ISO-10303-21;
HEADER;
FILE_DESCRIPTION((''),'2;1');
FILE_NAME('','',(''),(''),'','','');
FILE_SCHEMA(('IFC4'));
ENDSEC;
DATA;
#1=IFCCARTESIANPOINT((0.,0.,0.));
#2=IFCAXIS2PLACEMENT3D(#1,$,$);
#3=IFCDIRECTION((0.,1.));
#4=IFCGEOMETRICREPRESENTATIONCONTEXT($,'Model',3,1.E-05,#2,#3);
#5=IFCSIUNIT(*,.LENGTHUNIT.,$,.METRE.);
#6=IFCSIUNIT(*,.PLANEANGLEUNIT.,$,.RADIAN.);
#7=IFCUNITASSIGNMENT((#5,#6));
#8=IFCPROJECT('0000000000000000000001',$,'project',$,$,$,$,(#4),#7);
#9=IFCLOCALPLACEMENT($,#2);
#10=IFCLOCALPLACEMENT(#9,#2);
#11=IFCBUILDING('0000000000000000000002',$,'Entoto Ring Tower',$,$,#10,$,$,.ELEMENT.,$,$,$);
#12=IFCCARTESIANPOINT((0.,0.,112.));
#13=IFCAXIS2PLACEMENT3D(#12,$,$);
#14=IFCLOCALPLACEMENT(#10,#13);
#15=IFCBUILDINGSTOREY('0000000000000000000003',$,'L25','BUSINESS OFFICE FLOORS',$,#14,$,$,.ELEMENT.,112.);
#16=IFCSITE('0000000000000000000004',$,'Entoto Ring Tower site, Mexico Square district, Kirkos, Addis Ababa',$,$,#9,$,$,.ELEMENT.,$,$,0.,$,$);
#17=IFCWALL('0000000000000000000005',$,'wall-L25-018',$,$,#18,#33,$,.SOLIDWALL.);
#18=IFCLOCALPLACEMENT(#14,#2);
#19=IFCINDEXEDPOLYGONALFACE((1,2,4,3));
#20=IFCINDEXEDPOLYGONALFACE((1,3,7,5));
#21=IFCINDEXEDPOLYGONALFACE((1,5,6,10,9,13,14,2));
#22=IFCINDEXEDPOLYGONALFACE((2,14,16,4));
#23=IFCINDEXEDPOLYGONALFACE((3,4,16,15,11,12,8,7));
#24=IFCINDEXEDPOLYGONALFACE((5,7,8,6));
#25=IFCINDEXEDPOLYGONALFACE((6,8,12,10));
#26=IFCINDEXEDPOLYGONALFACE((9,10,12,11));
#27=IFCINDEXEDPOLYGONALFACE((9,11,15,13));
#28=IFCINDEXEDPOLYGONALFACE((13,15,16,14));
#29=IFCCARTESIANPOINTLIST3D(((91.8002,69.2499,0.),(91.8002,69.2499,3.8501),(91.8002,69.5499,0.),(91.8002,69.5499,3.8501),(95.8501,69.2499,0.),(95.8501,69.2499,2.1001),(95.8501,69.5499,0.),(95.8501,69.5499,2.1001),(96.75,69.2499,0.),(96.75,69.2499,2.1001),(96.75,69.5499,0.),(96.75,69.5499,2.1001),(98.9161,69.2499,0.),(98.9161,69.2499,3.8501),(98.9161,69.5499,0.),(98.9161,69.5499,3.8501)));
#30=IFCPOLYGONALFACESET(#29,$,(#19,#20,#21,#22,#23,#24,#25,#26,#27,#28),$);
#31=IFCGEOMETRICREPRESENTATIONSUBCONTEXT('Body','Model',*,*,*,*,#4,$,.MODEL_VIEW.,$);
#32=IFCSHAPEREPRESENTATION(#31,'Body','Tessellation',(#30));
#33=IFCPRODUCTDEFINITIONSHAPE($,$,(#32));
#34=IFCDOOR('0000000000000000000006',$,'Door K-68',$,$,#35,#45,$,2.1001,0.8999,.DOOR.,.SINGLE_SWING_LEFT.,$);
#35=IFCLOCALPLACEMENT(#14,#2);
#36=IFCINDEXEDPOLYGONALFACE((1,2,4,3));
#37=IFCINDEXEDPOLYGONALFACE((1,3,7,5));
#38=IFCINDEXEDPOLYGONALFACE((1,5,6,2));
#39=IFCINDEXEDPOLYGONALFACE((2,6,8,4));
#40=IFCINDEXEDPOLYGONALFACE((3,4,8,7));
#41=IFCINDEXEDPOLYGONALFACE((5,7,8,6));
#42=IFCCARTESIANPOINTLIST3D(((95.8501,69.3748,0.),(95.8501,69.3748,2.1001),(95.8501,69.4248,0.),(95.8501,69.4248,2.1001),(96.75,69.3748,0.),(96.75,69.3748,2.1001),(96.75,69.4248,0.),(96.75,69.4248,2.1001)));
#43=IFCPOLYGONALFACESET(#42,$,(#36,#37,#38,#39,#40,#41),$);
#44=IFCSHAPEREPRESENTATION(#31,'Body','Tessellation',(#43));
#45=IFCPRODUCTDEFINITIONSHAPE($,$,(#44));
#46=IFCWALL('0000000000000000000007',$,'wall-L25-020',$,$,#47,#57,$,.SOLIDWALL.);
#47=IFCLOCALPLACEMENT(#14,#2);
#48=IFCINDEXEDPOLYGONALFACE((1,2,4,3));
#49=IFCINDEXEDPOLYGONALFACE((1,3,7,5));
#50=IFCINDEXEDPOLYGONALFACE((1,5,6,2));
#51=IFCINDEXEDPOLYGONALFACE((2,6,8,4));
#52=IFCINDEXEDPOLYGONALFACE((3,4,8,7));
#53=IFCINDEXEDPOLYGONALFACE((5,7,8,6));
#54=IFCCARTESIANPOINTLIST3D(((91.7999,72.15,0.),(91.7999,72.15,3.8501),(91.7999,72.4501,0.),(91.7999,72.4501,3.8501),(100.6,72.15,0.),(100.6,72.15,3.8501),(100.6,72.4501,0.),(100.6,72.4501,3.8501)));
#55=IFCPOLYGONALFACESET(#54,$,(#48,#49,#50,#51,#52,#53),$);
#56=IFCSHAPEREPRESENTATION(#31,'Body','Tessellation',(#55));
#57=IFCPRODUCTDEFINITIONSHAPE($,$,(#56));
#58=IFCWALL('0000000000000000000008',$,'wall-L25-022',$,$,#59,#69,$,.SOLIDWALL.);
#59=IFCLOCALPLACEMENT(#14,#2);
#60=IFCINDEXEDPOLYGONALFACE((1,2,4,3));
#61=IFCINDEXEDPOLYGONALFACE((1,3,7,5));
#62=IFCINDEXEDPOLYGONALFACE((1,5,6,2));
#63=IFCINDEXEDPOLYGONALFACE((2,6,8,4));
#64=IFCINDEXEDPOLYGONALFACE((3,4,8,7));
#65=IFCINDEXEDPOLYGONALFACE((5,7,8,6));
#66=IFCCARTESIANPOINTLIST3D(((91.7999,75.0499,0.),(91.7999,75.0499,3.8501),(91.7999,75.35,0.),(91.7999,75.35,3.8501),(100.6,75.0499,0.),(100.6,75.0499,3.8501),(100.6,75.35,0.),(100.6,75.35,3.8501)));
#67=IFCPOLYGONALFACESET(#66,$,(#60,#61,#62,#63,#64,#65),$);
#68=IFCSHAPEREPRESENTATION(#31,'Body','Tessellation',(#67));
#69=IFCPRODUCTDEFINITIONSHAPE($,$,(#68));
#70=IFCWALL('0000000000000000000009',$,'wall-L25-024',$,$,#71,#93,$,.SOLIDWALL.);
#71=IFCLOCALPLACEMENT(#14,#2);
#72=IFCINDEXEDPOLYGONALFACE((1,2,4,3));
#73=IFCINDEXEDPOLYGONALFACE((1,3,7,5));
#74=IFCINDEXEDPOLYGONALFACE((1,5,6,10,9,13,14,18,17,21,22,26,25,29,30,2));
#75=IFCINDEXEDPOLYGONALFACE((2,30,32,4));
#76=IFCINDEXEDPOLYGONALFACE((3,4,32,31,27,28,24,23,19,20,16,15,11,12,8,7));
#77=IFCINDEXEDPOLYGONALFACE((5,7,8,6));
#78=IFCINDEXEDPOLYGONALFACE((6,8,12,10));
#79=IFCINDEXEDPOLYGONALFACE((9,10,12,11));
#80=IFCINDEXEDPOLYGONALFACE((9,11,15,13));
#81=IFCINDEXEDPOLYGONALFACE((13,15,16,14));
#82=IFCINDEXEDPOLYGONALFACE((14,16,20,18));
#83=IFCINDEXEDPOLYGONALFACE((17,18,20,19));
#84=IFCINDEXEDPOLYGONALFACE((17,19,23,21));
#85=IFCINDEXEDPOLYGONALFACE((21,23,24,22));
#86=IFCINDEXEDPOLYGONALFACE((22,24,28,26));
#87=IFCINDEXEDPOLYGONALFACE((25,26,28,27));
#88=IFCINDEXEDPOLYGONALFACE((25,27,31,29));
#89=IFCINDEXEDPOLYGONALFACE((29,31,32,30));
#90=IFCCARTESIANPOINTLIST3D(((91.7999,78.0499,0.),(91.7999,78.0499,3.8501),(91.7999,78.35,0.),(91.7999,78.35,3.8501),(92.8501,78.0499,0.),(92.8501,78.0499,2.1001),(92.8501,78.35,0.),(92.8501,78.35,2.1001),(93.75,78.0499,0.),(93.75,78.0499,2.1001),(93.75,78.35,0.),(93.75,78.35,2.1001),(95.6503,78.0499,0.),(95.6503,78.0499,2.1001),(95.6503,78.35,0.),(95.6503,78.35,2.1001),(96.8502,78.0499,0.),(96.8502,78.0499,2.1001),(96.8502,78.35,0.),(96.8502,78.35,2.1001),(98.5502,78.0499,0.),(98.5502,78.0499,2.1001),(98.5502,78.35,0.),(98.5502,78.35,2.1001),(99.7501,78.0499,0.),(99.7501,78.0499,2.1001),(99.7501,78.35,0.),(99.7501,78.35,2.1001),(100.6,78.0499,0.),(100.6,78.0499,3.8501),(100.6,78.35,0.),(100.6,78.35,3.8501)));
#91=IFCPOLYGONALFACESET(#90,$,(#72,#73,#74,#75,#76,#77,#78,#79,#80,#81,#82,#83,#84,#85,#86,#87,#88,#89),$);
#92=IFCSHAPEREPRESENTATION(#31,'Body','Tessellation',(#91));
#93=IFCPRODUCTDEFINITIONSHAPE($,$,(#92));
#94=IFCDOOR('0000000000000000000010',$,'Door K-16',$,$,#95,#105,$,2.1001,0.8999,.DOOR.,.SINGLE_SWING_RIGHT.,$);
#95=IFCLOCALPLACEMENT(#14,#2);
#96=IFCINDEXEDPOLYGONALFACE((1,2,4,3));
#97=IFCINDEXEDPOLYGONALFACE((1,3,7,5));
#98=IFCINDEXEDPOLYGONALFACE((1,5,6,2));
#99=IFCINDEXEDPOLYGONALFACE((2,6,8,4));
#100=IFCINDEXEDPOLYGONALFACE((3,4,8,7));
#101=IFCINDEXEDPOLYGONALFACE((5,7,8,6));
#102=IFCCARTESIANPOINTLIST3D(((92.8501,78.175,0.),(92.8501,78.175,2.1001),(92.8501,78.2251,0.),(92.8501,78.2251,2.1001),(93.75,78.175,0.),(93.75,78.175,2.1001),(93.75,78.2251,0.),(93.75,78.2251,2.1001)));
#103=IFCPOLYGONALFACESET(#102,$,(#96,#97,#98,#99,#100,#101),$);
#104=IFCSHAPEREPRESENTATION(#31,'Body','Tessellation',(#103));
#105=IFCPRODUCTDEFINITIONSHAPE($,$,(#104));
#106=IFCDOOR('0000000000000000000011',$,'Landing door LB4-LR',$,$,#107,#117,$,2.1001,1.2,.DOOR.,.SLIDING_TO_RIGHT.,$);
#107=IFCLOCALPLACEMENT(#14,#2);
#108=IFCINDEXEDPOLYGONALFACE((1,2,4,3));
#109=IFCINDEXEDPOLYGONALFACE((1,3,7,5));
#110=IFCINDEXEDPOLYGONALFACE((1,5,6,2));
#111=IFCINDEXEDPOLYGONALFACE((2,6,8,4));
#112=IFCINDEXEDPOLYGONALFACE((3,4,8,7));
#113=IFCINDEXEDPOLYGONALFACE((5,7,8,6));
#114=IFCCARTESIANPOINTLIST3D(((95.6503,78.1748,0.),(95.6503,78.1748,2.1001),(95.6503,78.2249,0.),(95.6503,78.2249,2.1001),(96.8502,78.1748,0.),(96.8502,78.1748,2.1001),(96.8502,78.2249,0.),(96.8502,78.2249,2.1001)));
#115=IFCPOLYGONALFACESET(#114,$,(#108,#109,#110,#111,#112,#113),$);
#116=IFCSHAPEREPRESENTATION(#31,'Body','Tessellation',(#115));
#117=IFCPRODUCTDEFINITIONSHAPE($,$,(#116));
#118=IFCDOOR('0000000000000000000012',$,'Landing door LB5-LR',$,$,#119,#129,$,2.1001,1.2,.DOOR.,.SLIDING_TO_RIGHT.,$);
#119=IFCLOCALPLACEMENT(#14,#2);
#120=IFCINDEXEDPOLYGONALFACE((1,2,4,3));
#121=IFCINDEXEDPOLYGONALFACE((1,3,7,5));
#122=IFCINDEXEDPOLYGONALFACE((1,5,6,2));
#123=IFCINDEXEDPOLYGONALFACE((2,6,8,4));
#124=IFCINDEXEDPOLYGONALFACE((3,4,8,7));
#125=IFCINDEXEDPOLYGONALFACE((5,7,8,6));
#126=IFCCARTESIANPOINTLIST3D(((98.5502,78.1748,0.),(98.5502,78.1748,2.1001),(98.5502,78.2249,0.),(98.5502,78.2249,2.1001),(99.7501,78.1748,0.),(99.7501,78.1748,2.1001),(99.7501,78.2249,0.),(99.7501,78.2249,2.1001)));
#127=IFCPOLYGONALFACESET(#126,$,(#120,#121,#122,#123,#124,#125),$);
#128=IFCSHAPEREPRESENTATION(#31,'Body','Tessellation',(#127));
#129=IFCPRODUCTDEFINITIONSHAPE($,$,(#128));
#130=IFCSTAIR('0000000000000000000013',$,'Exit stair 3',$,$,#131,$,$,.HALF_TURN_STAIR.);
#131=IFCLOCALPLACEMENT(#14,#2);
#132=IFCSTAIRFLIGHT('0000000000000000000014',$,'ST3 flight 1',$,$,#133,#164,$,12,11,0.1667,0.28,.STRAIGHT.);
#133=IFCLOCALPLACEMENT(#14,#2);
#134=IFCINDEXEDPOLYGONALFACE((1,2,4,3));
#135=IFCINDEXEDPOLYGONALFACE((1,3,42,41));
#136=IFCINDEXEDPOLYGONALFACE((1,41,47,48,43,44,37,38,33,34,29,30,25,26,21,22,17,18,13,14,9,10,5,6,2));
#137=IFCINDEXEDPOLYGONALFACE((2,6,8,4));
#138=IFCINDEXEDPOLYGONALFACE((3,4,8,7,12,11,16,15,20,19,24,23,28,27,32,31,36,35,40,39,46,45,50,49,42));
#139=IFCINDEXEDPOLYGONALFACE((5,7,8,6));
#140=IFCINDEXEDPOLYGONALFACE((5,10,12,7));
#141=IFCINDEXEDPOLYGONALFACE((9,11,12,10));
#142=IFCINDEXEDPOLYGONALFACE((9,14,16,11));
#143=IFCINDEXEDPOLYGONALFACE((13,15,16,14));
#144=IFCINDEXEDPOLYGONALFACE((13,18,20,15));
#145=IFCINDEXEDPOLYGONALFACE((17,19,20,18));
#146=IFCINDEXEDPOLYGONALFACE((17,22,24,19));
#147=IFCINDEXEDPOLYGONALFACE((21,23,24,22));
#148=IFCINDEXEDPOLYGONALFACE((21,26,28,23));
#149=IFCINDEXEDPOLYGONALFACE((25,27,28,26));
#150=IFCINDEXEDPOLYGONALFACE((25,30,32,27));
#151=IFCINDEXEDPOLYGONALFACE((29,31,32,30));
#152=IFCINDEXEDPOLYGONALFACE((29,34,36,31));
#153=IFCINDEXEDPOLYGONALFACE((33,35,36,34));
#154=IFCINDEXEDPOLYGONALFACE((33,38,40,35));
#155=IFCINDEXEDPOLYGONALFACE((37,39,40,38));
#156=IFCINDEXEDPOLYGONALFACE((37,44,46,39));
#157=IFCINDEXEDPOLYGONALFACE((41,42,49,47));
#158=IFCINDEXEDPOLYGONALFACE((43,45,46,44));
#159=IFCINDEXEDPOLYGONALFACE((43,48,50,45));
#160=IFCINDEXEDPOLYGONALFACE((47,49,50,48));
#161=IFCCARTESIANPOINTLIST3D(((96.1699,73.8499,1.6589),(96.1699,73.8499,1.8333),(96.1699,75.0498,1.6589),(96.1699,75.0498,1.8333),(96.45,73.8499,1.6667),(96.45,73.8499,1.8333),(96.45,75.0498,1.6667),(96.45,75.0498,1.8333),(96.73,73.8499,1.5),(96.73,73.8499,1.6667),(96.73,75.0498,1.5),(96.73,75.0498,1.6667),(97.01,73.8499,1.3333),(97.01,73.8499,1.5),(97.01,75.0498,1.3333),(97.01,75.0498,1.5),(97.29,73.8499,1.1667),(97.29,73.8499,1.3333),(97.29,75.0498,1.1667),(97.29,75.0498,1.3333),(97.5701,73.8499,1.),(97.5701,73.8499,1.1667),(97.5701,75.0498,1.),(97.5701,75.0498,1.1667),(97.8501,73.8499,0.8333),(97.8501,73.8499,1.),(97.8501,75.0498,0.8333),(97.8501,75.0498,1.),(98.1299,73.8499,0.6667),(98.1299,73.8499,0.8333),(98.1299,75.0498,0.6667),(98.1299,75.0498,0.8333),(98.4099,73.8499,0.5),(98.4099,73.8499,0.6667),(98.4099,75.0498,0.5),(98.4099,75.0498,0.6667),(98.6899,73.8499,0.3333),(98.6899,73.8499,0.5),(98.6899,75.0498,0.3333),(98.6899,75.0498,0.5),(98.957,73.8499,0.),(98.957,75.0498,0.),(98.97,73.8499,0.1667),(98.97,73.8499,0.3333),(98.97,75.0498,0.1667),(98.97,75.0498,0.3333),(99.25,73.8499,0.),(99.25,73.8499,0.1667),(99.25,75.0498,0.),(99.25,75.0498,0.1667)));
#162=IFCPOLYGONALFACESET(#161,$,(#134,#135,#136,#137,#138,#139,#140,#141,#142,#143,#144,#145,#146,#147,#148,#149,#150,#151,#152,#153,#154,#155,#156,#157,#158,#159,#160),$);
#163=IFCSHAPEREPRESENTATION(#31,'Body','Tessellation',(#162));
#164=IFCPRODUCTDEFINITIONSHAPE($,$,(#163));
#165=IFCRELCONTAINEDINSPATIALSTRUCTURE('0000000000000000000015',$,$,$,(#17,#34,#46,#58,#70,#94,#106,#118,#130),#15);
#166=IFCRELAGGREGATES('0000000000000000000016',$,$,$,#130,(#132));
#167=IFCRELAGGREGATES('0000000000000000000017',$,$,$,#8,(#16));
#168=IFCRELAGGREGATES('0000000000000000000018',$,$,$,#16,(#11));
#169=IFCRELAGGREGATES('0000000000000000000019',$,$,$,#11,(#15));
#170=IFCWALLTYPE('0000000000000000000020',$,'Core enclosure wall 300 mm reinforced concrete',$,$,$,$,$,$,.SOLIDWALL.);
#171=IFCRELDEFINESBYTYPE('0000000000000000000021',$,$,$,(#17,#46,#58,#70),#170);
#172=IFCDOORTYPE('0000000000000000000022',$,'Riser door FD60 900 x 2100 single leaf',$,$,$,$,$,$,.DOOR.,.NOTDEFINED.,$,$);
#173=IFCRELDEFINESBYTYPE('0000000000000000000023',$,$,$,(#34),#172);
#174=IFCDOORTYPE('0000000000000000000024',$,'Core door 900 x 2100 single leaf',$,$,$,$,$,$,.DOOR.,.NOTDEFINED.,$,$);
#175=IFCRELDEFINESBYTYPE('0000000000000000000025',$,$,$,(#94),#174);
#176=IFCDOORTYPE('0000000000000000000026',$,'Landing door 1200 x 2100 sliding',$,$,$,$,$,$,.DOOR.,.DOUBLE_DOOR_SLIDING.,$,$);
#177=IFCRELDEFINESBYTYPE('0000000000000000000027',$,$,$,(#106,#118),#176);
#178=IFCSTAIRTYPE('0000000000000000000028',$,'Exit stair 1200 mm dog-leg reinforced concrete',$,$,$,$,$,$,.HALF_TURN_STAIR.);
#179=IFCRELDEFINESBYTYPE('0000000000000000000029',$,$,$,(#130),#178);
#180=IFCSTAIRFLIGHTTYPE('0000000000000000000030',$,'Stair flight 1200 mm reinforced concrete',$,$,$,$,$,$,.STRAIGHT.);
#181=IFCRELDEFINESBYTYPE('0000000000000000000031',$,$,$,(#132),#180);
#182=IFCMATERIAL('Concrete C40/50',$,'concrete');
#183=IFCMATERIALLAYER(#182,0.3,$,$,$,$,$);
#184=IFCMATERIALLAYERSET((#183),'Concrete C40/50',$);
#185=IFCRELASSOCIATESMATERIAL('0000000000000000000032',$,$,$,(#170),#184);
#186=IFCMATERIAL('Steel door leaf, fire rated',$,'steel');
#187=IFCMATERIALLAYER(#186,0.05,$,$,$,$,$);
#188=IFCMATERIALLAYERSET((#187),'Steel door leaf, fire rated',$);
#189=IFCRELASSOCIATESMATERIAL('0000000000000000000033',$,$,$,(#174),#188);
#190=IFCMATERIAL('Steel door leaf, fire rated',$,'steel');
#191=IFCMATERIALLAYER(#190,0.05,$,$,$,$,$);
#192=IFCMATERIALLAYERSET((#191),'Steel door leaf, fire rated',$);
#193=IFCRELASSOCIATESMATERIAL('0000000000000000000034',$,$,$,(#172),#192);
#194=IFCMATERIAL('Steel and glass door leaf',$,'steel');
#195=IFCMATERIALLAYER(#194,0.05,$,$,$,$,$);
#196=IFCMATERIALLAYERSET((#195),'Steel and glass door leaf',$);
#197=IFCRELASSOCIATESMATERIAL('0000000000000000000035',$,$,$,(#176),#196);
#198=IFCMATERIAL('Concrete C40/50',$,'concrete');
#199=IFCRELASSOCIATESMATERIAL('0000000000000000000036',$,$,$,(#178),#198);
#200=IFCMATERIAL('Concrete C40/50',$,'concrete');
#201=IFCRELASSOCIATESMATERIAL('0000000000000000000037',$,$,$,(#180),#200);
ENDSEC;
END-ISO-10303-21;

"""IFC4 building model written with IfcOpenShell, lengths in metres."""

from ifc_helpers import new_model, si_unit, direction, frame, frame_2d, origin, place, context, subcontext, project, spatial, polyline, rectangle, outline, extrude, material, layer, layer_set, type_object, element, fill, aggregate, save


model = new_model("IFC4")

# Units and contexts
model_context = context("Model", 3, precision=1e-05, world=origin(), true_north=direction((0.0, 1.0)))
body_context = subcontext(model_context, "Body", "Model", "MODEL_VIEW")
ifc_project = project(units=[si_unit("LENGTHUNIT", "METRE"), si_unit("PLANEANGLEUNIT", "RADIAN")], contexts=[model_context])

# Site, building, storey
site_placement = place(None, origin())
site = spatial("IfcSite", under=ifc_project, at=site_placement, Name="Entoto Ring Tower site, Mexico Square district, Kirkos, Addis Ababa", CompositionType="ELEMENT", RefElevation=0.0)
building_placement = place(site_placement, origin())
building = spatial("IfcBuilding", under=site, at=building_placement, Name="Entoto Ring Tower", CompositionType="ELEMENT")
storey_placement = place(building_placement, frame((0.0, 0.0, 112.0)))
storey = spatial("IfcBuildingStorey", under=building, at=storey_placement, Name="L25", Description="BUSINESS OFFICE FLOORS", CompositionType="ELEMENT", Elevation=112.0)

# Shared definitions
ifc_material_1 = material(Name="Concrete C40/50", Category="concrete")
ifc_layer_1 = layer(ifc_material_1, 0.3)
ifc_layer_set_1 = layer_set([ifc_layer_1], Name="Concrete C40/50")
wall_type = type_object("IfcWallType", Name="Core enclosure wall 300 mm reinforced concrete", PredefinedType="SOLIDWALL", material=ifc_layer_set_1)

# Shared definitions
ifc_material_2 = material(Name="Steel door leaf, fire rated", Category="steel")
ifc_layer_2 = layer(ifc_material_2, 0.05)
ifc_layer_set_2 = layer_set([ifc_layer_2], Name="Steel door leaf, fire rated")
door_type_1 = type_object("IfcDoorType", Name="Core door 900 x 2100 single leaf", OperationType="NOTDEFINED", PredefinedType="DOOR", material=ifc_layer_set_2)

# Wall, opening, door
wall_1_placement = place(storey_placement, frame((91.8, 69.3999, 0.0), z_axis=(0.0, 0.0, 1.0), x_axis=(1.0, 0.0, 0.0)))
wall_1 = element("IfcWall", 1, at=wall_1_placement, inside=storey, type_object=wall_type, Name="wall-L25-018", PredefinedType="SOLIDWALL", context=body_context, shape_type="SweptSolid", body=[
    extrude(rectangle(XDim=7.116, YDim=0.3, at=frame_2d((3.5581, 0.0))), origin(), (0.0, 0.0, 1.0), 3.8501),
])
opening_1_placement = place(wall_1_placement, frame((4.05, 0.0, 0.0)))
opening_1 = element("IfcOpeningElement", 2, at=opening_1_placement, cuts=wall_1, PredefinedType="OPENING", context=body_context, shape_type="SweptSolid", body=[
    extrude(rectangle(XDim=0.8999, YDim=2.1001, at=frame_2d((0.45, 1.05))), frame((0.0, 0.1602, 0.0), z_axis=(0.0, -1.0, 0.0), x_axis=(1.0, 0.0, 0.0)), (0.0, 0.0, 1.0), 0.3201),
])
ifc_material_3 = material(Name="Steel door leaf, fire rated", Category="steel")
ifc_layer_3 = layer(ifc_material_3, 0.05)
ifc_layer_set_3 = layer_set([ifc_layer_3], Name="Steel door leaf, fire rated")
door_type_2 = type_object("IfcDoorType", Name="Riser door FD60 900 x 2100 single leaf", OperationType="NOTDEFINED", PredefinedType="DOOR", material=ifc_layer_set_3)
door_1_placement = place(opening_1_placement, origin())
door_1 = element("IfcDoor", 3, at=door_1_placement, inside=storey, type_object=door_type_2, Name="Door K-68", OperationType="SINGLE_SWING_LEFT", OverallHeight=2.1001, OverallWidth=0.8999, PredefinedType="DOOR", context=body_context, shape_type="SweptSolid", body=[
    extrude(rectangle(XDim=0.8999, YDim=2.1001, at=frame_2d((0.45, 1.05))), frame((0.0, 0.0249, 0.0), z_axis=(0.0, -1.0, 0.0), x_axis=(1.0, 0.0, 0.0)), (0.0, 0.0, 1.0), 0.05),
])
fill(opening_1, door_1)

# Walls
for number, where, z_axis, x_axis, name in (
    (4, (91.8, 72.3, 0.0), (0.0, 0.0, 1.0), (1.0, 0.0, 0.0), "wall-L25-020"),
    (5, (91.8, 75.2, 0.0), (0.0, 0.0, 1.0), (1.0, 0.0, 0.0), "wall-L25-022"),
):
    element("IfcWall", number, at=place(storey_placement, frame(where, z_axis=z_axis, x_axis=x_axis)), inside=storey, type_object=wall_type, Name=name, PredefinedType="SOLIDWALL", context=body_context, shape_type="SweptSolid", body=[
        extrude(rectangle(XDim=8.8, YDim=0.3, at=frame_2d((4.3999, 0.0))), origin(), (0.0, 0.0, 1.0), 3.8501),
    ])

# Wall, openings, doors
wall_2_placement = place(storey_placement, frame((91.8, 78.2, 0.0), z_axis=(0.0, 0.0, 1.0), x_axis=(1.0, 0.0, 0.0)))
wall_2 = element("IfcWall", 6, at=wall_2_placement, inside=storey, type_object=wall_type, Name="wall-L25-024", PredefinedType="SOLIDWALL", context=body_context, shape_type="SweptSolid", body=[
    extrude(rectangle(XDim=8.8, YDim=0.3, at=frame_2d((4.3999, 0.0))), origin(), (0.0, 0.0, 1.0), 3.8501),
])
opening_2_placement = place(wall_2_placement, frame((3.8501, 0.0, 0.0)))
opening_2 = element("IfcOpeningElement", 7, at=opening_2_placement, cuts=wall_2, PredefinedType="OPENING", context=body_context, shape_type="SweptSolid", body=[
    extrude(rectangle(XDim=1.2, YDim=2.1001, at=frame_2d((0.6001, 1.05))), frame((0.0, 0.1602, 0.0), z_axis=(0.0, -1.0, 0.0), x_axis=(1.0, 0.0, 0.0)), (0.0, 0.0, 1.0), 0.3201),
])
opening_3_placement = place(wall_2_placement, frame((6.75, 0.0, 0.0)))
opening_3 = element("IfcOpeningElement", 8, at=opening_3_placement, cuts=wall_2, PredefinedType="OPENING", context=body_context, shape_type="SweptSolid", body=[
    extrude(rectangle(XDim=1.2, YDim=2.1001, at=frame_2d((0.6001, 1.05))), frame((0.0, 0.1602, 0.0), z_axis=(0.0, -1.0, 0.0), x_axis=(1.0, 0.0, 0.0)), (0.0, 0.0, 1.0), 0.3201),
])
opening_4_placement = place(wall_2_placement, frame((1.05, 0.0, 0.0)))
opening_4 = element("IfcOpeningElement", 9, at=opening_4_placement, cuts=wall_2, PredefinedType="OPENING", context=body_context, shape_type="SweptSolid", body=[
    extrude(rectangle(XDim=0.8999, YDim=2.1001, at=frame_2d((0.45, 1.05))), frame((0.0, 0.1602, 0.0), z_axis=(0.0, -1.0, 0.0), x_axis=(1.0, 0.0, 0.0)), (0.0, 0.0, 1.0), 0.3201),
])
door_2_placement = place(opening_4_placement, frame((0.8999, 0.0, 0.0), z_axis=(0.0, 0.0, 1.0), x_axis=(-1.0, 0.0, 0.0)))
door_2 = element("IfcDoor", 10, at=door_2_placement, inside=storey, type_object=door_type_1, Name="Door K-16", OperationType="SINGLE_SWING_RIGHT", OverallHeight=2.1001, OverallWidth=0.8999, PredefinedType="DOOR", context=body_context, shape_type="SweptSolid", body=[
    extrude(rectangle(XDim=0.8999, YDim=2.1001, at=frame_2d((0.45, 1.05))), frame((0.0, 0.0249, 0.0), z_axis=(0.0, -1.0, 0.0), x_axis=(1.0, 0.0, 0.0)), (0.0, 0.0, 1.0), 0.05),
])
fill(opening_4, door_2)
ifc_material_4 = material(Name="Steel and glass door leaf", Category="steel")
ifc_layer_4 = layer(ifc_material_4, 0.05)
ifc_layer_set_4 = layer_set([ifc_layer_4], Name="Steel and glass door leaf")
door_type_3 = type_object("IfcDoorType", Name="Landing door 1200 x 2100 sliding", OperationType="DOUBLE_DOOR_SLIDING", PredefinedType="DOOR", material=ifc_layer_set_4)
door_3_placement = place(opening_2_placement, origin())
door_3 = element("IfcDoor", 11, at=door_3_placement, inside=storey, type_object=door_type_3, Name="Landing door LB4-LR", OperationType="SLIDING_TO_RIGHT", OverallHeight=2.1001, OverallWidth=1.2, PredefinedType="DOOR", context=body_context, shape_type="SweptSolid", body=[
    extrude(rectangle(XDim=1.2, YDim=2.1001, at=frame_2d((0.6001, 1.05))), frame((0.0, 0.0249, 0.0), z_axis=(0.0, -1.0, 0.0), x_axis=(1.0, 0.0, 0.0)), (0.0, 0.0, 1.0), 0.05),
])
fill(opening_2, door_3)
door_4_placement = place(opening_3_placement, origin())
door_4 = element("IfcDoor", 12, at=door_4_placement, inside=storey, type_object=door_type_3, Name="Landing door LB5-LR", OperationType="SLIDING_TO_RIGHT", OverallHeight=2.1001, OverallWidth=1.2, PredefinedType="DOOR", context=body_context, shape_type="SweptSolid", body=[
    extrude(rectangle(XDim=1.2, YDim=2.1001, at=frame_2d((0.6001, 1.05))), frame((0.0, 0.0249, 0.0), z_axis=(0.0, -1.0, 0.0), x_axis=(1.0, 0.0, 0.0)), (0.0, 0.0, 1.0), 0.05),
])
fill(opening_3, door_4)

# Stair, stair flight
ifc_material_5 = material(Name="Concrete C40/50", Category="concrete")
stair_type = type_object("IfcStairType", Name="Exit stair 1200 mm dog-leg reinforced concrete", PredefinedType="HALF_TURN_STAIR", material=ifc_material_5)
stair_placement = place(storey_placement, origin())
stair = element("IfcStair", 13, at=stair_placement, inside=storey, type_object=stair_type, Name="Exit stair 3", PredefinedType="HALF_TURN_STAIR")
ifc_material_6 = material(Name="Concrete C40/50", Category="concrete")
stair_flight_type = type_object("IfcStairFlightType", Name="Stair flight 1200 mm reinforced concrete", PredefinedType="STRAIGHT", material=ifc_material_6)
stair_flight_1_placement = place(storey_placement, frame((99.25, 74.45, 0.0), z_axis=(0.0, 0.0, 1.0), x_axis=(-1.0, 0.0, 0.0)))
stair_flight_1 = element("IfcStairFlight", 14, at=stair_flight_1_placement, type_object=stair_flight_type, Name="ST3 flight 1", NumberOfRisers=12, NumberOfTreads=11, PredefinedType="STRAIGHT", RiserHeight=0.1667, TreadLength=0.28, context=body_context, shape_type="SweptSolid", body=[
    extrude(outline(polyline([(0.0, 0.0), (0.0, 0.1667), (0.28, 0.1667), (0.28, 0.3333), (0.5601, 0.3333), (0.5601, 0.5), (0.8401, 0.5), (0.8401, 0.6667), (1.1201, 0.6667), (1.1201, 0.8333), (1.3999, 0.8333), (1.3999, 1.0), (1.6799, 1.0), (1.6799, 1.1667), (1.96, 1.1667), (1.96, 1.3333), (2.24, 1.3333), (2.24, 1.5), (2.52, 1.5), (2.52, 1.6667), (2.8, 1.6667), (2.8, 1.8333), (3.0801, 1.8333), (3.0801, 2.0), (3.0801, 1.6589), (0.293, 0.0), (0.0, 0.0)])), frame((0.0, 0.6001, 0.0), z_axis=(0.0, -1.0, 0.0), x_axis=(1.0, 0.0, 0.0)), (0.0, 0.0, 1.0), 1.2),
])
aggregate(stair, [stair_flight_1])

save(model, "model.ifc")
